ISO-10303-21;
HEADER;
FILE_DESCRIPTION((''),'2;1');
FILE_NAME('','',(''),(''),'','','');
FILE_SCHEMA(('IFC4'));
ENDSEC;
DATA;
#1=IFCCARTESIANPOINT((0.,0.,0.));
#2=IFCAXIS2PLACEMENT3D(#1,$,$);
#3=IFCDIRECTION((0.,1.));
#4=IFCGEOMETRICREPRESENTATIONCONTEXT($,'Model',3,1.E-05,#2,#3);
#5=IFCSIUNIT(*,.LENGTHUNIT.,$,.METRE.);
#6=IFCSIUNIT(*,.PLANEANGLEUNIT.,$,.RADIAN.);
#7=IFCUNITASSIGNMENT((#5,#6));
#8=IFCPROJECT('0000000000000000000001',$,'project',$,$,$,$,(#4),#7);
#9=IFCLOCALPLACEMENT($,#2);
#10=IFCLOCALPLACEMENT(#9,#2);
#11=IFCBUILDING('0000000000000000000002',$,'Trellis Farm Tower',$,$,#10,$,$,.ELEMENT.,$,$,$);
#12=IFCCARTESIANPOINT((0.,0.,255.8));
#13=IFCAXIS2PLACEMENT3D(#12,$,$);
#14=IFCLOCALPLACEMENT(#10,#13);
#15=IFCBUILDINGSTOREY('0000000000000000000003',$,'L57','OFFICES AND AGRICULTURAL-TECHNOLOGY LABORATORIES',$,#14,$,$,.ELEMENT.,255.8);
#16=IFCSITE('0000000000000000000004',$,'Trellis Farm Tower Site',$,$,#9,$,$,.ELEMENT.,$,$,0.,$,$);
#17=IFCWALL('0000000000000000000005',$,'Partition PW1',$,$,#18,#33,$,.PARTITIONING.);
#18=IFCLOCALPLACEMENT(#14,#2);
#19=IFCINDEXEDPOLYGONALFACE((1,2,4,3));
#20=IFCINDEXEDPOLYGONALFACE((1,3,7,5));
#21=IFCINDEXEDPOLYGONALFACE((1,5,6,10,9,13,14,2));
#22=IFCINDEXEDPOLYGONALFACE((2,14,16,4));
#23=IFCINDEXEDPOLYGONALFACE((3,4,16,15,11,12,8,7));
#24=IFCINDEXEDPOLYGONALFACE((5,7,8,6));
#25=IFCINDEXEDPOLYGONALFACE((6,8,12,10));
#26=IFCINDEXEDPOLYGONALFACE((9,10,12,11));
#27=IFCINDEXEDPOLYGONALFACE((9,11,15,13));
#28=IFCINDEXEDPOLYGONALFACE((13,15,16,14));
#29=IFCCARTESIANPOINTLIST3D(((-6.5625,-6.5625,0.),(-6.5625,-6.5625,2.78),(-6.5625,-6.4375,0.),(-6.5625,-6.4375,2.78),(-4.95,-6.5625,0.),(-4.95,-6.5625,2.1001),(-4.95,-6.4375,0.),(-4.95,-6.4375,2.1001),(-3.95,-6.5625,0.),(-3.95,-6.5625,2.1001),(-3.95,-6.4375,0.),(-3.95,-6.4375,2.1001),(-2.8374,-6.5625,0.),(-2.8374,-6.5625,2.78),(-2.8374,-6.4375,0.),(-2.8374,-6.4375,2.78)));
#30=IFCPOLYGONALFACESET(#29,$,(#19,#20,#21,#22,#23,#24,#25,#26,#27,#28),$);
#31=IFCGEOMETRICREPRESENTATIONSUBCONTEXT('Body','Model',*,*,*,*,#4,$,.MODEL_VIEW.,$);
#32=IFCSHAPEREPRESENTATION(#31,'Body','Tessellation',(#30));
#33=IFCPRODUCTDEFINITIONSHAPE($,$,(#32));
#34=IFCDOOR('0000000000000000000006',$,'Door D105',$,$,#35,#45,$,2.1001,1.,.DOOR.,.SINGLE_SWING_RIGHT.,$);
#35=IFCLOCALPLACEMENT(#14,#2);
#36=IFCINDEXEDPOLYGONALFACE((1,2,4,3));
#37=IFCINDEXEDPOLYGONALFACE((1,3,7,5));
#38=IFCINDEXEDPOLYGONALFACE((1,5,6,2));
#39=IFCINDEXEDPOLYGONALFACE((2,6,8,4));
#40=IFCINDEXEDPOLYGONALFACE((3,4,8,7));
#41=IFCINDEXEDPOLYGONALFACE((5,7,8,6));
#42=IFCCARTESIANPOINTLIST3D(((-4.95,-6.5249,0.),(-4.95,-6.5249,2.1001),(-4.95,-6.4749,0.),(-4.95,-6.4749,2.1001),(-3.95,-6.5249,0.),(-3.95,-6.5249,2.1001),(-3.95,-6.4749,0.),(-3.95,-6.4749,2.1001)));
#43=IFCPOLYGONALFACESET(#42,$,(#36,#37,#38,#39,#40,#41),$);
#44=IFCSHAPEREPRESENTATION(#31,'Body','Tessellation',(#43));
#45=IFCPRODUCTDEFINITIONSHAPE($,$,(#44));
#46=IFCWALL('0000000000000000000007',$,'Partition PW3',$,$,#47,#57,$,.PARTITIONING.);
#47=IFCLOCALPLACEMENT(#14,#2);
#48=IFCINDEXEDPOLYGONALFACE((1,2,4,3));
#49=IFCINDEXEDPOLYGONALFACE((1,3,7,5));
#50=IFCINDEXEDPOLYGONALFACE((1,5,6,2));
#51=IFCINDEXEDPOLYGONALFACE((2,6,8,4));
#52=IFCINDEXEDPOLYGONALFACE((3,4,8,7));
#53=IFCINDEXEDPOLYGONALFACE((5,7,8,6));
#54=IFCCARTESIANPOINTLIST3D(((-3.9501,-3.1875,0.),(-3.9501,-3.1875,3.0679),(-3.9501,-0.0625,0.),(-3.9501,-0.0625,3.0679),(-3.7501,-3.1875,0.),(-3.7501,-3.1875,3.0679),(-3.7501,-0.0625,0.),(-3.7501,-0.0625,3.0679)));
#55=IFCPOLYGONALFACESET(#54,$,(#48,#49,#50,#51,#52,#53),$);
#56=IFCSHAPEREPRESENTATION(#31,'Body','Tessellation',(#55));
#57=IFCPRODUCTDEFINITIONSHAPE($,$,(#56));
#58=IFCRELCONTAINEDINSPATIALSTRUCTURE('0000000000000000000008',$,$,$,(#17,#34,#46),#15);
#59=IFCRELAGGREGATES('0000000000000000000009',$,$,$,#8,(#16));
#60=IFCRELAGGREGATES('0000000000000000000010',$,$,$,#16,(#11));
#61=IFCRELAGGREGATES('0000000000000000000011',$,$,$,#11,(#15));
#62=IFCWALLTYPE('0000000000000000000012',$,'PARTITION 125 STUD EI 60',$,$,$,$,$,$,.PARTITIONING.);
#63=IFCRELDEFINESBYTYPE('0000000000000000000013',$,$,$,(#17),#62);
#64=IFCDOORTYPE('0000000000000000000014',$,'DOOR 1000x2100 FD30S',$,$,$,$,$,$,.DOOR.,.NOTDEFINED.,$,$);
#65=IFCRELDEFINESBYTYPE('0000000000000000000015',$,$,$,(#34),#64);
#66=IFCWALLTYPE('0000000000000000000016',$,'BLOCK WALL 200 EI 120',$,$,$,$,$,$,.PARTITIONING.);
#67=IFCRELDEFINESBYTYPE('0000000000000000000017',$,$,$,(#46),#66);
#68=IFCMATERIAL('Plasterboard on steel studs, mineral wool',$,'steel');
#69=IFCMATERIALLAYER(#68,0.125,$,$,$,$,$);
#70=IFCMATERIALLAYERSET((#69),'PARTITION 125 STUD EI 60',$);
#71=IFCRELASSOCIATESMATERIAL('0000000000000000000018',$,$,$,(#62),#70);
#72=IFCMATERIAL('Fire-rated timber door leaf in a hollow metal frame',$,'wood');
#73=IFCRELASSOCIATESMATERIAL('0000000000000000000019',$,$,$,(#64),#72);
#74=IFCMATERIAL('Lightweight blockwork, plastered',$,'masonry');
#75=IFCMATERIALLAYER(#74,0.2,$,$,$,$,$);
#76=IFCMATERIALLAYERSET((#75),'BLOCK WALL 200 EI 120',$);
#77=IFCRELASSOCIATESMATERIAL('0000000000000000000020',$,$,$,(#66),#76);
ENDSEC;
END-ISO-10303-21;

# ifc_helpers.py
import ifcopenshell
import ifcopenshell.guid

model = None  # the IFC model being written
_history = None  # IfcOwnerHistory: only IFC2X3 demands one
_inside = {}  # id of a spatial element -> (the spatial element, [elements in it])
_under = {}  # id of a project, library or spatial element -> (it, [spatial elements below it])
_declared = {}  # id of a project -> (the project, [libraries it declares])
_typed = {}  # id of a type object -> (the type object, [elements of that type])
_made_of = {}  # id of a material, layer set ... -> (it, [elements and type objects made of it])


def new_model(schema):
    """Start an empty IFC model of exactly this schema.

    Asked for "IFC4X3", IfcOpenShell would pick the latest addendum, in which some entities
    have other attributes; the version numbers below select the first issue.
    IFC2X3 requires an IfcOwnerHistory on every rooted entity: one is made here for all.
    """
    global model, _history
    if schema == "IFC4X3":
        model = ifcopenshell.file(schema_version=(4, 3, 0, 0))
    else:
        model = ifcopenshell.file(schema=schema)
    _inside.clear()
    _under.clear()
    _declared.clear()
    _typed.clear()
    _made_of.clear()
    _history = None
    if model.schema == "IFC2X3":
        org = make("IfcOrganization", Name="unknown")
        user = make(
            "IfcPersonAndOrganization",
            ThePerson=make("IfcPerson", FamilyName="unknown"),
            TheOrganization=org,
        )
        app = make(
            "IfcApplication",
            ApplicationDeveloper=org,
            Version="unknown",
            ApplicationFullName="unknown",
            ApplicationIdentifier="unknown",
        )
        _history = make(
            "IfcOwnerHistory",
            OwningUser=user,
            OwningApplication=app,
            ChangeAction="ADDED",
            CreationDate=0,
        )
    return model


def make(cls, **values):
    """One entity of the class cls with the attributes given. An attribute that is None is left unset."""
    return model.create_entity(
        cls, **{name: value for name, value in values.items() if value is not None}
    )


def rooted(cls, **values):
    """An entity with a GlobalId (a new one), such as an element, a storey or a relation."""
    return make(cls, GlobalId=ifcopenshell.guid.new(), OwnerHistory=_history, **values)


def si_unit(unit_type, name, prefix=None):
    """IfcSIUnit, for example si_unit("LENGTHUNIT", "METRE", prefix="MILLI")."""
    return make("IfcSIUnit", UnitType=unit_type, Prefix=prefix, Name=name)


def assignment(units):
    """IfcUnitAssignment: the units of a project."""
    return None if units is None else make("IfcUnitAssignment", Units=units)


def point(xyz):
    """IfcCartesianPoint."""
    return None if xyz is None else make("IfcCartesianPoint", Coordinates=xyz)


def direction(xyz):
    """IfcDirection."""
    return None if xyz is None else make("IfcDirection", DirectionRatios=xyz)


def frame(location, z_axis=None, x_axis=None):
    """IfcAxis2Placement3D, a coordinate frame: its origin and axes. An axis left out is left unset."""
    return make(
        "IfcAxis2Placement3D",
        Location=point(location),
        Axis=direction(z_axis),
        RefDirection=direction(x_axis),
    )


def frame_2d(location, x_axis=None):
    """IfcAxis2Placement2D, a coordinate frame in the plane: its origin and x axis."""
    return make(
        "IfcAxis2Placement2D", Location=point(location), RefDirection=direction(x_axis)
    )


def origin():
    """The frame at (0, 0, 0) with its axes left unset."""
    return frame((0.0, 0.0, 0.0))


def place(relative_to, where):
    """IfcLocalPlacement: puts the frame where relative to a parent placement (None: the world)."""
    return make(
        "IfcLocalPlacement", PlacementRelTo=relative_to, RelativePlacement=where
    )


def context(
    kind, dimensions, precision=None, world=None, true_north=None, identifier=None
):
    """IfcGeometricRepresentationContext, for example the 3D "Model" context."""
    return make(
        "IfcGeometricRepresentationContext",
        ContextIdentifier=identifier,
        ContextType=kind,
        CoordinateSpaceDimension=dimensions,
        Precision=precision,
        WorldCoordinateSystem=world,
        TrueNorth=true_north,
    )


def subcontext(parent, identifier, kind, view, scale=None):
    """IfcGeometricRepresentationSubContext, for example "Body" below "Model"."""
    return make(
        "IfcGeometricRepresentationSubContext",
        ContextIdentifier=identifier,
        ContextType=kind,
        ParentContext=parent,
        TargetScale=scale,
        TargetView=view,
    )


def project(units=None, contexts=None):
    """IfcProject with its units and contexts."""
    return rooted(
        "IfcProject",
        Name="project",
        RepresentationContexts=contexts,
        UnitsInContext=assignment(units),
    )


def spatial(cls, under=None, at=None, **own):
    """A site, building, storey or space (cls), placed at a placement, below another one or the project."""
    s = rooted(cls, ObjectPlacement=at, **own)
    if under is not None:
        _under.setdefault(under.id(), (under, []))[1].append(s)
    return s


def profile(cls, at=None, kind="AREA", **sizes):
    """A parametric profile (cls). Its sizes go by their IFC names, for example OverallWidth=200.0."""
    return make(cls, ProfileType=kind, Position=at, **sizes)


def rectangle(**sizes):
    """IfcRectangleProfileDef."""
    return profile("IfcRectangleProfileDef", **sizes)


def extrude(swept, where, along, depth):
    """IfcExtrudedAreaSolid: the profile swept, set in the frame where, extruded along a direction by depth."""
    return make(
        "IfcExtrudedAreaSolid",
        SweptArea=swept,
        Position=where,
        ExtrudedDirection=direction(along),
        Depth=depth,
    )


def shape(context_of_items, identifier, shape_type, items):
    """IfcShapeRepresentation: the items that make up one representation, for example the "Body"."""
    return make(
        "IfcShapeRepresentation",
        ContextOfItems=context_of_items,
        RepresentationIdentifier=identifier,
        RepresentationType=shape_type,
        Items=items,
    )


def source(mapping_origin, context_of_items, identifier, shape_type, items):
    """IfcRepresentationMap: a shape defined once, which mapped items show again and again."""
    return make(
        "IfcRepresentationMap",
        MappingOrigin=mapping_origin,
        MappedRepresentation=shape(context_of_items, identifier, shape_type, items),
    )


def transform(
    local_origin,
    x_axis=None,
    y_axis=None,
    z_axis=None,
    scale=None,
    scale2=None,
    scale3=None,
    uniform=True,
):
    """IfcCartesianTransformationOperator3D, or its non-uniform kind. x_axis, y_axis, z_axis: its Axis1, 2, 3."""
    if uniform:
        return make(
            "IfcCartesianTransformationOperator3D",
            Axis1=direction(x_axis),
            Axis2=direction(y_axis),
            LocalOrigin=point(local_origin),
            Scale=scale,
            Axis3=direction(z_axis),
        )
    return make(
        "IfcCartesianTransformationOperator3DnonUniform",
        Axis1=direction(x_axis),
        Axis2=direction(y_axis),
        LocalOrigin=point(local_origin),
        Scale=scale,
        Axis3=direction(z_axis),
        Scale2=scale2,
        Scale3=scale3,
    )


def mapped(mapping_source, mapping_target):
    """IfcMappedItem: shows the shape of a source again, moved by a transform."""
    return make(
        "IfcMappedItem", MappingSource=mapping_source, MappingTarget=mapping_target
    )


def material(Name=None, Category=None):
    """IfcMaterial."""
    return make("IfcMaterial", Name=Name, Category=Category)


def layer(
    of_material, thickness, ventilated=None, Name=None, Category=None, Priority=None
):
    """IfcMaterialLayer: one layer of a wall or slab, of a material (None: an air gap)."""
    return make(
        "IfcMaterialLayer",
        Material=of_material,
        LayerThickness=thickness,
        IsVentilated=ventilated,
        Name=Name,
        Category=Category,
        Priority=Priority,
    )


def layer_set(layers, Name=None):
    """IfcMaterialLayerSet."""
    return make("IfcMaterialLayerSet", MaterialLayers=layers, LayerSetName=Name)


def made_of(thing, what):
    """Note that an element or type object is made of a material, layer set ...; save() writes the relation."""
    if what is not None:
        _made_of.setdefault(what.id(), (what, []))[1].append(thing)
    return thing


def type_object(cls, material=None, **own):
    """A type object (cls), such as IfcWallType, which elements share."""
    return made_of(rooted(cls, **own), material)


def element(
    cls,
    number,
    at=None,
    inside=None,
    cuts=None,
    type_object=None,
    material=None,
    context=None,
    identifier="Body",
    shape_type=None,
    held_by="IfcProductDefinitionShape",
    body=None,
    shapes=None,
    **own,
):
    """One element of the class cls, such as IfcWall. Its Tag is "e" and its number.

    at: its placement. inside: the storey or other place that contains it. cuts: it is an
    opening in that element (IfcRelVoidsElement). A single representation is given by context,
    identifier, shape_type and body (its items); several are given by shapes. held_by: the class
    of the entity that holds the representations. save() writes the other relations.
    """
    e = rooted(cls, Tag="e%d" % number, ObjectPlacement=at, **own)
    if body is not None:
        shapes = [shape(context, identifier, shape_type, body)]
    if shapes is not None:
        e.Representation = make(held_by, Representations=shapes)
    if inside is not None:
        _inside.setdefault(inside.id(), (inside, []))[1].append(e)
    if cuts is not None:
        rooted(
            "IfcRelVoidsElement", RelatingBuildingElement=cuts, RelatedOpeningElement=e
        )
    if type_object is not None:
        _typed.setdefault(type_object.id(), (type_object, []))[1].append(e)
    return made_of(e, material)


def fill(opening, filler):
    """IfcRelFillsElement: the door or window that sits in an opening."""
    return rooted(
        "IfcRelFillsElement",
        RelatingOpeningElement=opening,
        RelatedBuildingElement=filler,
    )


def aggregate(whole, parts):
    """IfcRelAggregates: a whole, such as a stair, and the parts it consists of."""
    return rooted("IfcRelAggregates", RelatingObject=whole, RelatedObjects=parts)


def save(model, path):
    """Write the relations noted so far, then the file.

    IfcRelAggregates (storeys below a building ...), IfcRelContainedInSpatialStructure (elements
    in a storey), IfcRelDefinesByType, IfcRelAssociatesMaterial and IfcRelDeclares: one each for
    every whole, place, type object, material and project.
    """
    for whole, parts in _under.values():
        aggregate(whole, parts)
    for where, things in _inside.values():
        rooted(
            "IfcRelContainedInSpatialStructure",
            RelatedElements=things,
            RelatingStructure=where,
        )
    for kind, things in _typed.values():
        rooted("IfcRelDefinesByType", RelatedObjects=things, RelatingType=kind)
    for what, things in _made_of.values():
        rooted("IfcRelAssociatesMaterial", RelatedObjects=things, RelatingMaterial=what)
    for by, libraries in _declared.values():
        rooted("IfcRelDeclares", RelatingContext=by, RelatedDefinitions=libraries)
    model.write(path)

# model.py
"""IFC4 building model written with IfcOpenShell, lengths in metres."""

from ifc_helpers import new_model, si_unit, direction, frame, frame_2d, origin, place, context, subcontext, project, spatial, rectangle, extrude, source, transform, mapped, material, layer, layer_set, type_object, element, fill, save


model = new_model("IFC4")

# Units and contexts
model_context = context("Model", 3, precision=1e-05, world=origin(), true_north=direction((0.0, 1.0)))
body_context = subcontext(model_context, "Body", "Model", "MODEL_VIEW")
ifc_project = project(units=[si_unit("LENGTHUNIT", "METRE"), si_unit("PLANEANGLEUNIT", "RADIAN")], contexts=[model_context])

# Site, building, storey
site_placement = place(None, origin())
site = spatial("IfcSite", under=ifc_project, at=site_placement, Name="Trellis Farm Tower Site", CompositionType="ELEMENT", RefElevation=0.0)
building_placement = place(site_placement, origin())
building = spatial("IfcBuilding", under=site, at=building_placement, Name="Trellis Farm Tower", CompositionType="ELEMENT")
storey_placement = place(building_placement, frame((0.0, 0.0, 255.8)))
storey = spatial("IfcBuildingStorey", under=building, at=storey_placement, Name="L57", Description="OFFICES AND AGRICULTURAL-TECHNOLOGY LABORATORIES", CompositionType="ELEMENT", Elevation=255.8)

# Shared definitions
ifc_material_1 = material(Name="Plasterboard on steel studs, mineral wool", Category="steel")
ifc_layer_1 = layer(ifc_material_1, 0.125)
ifc_layer_set_1 = layer_set([ifc_layer_1], Name="PARTITION 125 STUD EI 60")
wall_type_1 = type_object("IfcWallType", Name="PARTITION 125 STUD EI 60", PredefinedType="PARTITIONING", material=ifc_layer_set_1)
shared_shape_1 = source(origin(), body_context, "Body", "SweptSolid", [
    extrude(rectangle(XDim=1.0, YDim=2.1001, at=frame_2d((0.5, 1.05))), frame((0.0, 0.0725, 0.0), z_axis=(0.0, -1.0, 0.0), x_axis=(1.0, 0.0, 0.0)), (0.0, 0.0, 1.0), 0.145),
])
ifc_material_2 = material(Name="Fire-rated timber door leaf in a hollow metal frame", Category="wood")
shared_shape_2 = source(origin(), body_context, "Body", "SweptSolid", [
    extrude(rectangle(XDim=1.0, YDim=2.1001, at=frame_2d((0.5, 1.05))), frame((0.0, 0.0249, 0.0), z_axis=(0.0, -1.0, 0.0), x_axis=(1.0, 0.0, 0.0)), (0.0, 0.0, 1.0), 0.05),
])
door_type_1 = type_object("IfcDoorType", Name="DOOR 1000x2100 FD30S", OperationType="NOTDEFINED", PredefinedType="DOOR", material=ifc_material_2)

# Wall, opening, door
shared_shape_3 = source(origin(), body_context, "Body", "SweptSolid", [
    extrude(rectangle(XDim=3.7251, YDim=0.125, at=frame_2d((1.8625, 0.0))), origin(), (0.0, 0.0, 1.0), 2.78),
])
wall_1_placement = place(storey_placement, frame((-2.8374, -6.5, 0.0), z_axis=(0.0, 0.0, 1.0), x_axis=(-1.0, 0.0, 0.0)))
wall_1 = element("IfcWall", 1, at=wall_1_placement, inside=storey, type_object=wall_type_1, Name="Partition PW1", PredefinedType="PARTITIONING", context=body_context, shape_type="MappedRepresentation", body=[
    mapped(shared_shape_3, transform((0.0, 0.0, 0.0))),
])
opening_1_placement = place(wall_1_placement, frame((1.1125, 0.0, 0.0)))
opening_1 = element("IfcOpeningElement", 2, at=opening_1_placement, cuts=wall_1, PredefinedType="OPENING", context=body_context, shape_type="MappedRepresentation", body=[
    mapped(shared_shape_1, transform((0.0, 0.0, 0.0))),
])
door_1_placement = place(opening_1_placement, origin())
door_1 = element("IfcDoor", 3, at=door_1_placement, inside=storey, type_object=door_type_1, Name="Door D105", OperationType="SINGLE_SWING_RIGHT", OverallHeight=2.1001, OverallWidth=1.0, PredefinedType="DOOR", context=body_context, shape_type="MappedRepresentation", body=[
    mapped(shared_shape_2, transform((0.0, 0.0, 0.0))),
])
fill(opening_1, door_1)

# Wall
ifc_material_3 = material(Name="Lightweight blockwork, plastered", Category="masonry")
ifc_layer_2 = layer(ifc_material_3, 0.2)
ifc_layer_set_2 = layer_set([ifc_layer_2], Name="BLOCK WALL 200 EI 120")
wall_type_2 = type_object("IfcWallType", Name="BLOCK WALL 200 EI 120", PredefinedType="PARTITIONING", material=ifc_layer_set_2)
shared_shape_4 = source(origin(), body_context, "Body", "SweptSolid", [
    extrude(rectangle(XDim=3.125, YDim=0.2, at=frame_2d((1.5625, 0.0))), origin(), (0.0, 0.0, 1.0), 3.0679),
])
wall_2_placement = place(storey_placement, frame((-3.8501, -3.1875, 0.0), z_axis=(0.0, 0.0, 1.0), x_axis=(0.0, 1.0, 0.0)))
element("IfcWall", 4, at=wall_2_placement, inside=storey, type_object=wall_type_2, Name="Partition PW3", PredefinedType="PARTITIONING", context=body_context, shape_type="MappedRepresentation", body=[
    mapped(shared_shape_4, transform((0.0, 0.0, 0.0))),
])

save(model, "model.ifc")
